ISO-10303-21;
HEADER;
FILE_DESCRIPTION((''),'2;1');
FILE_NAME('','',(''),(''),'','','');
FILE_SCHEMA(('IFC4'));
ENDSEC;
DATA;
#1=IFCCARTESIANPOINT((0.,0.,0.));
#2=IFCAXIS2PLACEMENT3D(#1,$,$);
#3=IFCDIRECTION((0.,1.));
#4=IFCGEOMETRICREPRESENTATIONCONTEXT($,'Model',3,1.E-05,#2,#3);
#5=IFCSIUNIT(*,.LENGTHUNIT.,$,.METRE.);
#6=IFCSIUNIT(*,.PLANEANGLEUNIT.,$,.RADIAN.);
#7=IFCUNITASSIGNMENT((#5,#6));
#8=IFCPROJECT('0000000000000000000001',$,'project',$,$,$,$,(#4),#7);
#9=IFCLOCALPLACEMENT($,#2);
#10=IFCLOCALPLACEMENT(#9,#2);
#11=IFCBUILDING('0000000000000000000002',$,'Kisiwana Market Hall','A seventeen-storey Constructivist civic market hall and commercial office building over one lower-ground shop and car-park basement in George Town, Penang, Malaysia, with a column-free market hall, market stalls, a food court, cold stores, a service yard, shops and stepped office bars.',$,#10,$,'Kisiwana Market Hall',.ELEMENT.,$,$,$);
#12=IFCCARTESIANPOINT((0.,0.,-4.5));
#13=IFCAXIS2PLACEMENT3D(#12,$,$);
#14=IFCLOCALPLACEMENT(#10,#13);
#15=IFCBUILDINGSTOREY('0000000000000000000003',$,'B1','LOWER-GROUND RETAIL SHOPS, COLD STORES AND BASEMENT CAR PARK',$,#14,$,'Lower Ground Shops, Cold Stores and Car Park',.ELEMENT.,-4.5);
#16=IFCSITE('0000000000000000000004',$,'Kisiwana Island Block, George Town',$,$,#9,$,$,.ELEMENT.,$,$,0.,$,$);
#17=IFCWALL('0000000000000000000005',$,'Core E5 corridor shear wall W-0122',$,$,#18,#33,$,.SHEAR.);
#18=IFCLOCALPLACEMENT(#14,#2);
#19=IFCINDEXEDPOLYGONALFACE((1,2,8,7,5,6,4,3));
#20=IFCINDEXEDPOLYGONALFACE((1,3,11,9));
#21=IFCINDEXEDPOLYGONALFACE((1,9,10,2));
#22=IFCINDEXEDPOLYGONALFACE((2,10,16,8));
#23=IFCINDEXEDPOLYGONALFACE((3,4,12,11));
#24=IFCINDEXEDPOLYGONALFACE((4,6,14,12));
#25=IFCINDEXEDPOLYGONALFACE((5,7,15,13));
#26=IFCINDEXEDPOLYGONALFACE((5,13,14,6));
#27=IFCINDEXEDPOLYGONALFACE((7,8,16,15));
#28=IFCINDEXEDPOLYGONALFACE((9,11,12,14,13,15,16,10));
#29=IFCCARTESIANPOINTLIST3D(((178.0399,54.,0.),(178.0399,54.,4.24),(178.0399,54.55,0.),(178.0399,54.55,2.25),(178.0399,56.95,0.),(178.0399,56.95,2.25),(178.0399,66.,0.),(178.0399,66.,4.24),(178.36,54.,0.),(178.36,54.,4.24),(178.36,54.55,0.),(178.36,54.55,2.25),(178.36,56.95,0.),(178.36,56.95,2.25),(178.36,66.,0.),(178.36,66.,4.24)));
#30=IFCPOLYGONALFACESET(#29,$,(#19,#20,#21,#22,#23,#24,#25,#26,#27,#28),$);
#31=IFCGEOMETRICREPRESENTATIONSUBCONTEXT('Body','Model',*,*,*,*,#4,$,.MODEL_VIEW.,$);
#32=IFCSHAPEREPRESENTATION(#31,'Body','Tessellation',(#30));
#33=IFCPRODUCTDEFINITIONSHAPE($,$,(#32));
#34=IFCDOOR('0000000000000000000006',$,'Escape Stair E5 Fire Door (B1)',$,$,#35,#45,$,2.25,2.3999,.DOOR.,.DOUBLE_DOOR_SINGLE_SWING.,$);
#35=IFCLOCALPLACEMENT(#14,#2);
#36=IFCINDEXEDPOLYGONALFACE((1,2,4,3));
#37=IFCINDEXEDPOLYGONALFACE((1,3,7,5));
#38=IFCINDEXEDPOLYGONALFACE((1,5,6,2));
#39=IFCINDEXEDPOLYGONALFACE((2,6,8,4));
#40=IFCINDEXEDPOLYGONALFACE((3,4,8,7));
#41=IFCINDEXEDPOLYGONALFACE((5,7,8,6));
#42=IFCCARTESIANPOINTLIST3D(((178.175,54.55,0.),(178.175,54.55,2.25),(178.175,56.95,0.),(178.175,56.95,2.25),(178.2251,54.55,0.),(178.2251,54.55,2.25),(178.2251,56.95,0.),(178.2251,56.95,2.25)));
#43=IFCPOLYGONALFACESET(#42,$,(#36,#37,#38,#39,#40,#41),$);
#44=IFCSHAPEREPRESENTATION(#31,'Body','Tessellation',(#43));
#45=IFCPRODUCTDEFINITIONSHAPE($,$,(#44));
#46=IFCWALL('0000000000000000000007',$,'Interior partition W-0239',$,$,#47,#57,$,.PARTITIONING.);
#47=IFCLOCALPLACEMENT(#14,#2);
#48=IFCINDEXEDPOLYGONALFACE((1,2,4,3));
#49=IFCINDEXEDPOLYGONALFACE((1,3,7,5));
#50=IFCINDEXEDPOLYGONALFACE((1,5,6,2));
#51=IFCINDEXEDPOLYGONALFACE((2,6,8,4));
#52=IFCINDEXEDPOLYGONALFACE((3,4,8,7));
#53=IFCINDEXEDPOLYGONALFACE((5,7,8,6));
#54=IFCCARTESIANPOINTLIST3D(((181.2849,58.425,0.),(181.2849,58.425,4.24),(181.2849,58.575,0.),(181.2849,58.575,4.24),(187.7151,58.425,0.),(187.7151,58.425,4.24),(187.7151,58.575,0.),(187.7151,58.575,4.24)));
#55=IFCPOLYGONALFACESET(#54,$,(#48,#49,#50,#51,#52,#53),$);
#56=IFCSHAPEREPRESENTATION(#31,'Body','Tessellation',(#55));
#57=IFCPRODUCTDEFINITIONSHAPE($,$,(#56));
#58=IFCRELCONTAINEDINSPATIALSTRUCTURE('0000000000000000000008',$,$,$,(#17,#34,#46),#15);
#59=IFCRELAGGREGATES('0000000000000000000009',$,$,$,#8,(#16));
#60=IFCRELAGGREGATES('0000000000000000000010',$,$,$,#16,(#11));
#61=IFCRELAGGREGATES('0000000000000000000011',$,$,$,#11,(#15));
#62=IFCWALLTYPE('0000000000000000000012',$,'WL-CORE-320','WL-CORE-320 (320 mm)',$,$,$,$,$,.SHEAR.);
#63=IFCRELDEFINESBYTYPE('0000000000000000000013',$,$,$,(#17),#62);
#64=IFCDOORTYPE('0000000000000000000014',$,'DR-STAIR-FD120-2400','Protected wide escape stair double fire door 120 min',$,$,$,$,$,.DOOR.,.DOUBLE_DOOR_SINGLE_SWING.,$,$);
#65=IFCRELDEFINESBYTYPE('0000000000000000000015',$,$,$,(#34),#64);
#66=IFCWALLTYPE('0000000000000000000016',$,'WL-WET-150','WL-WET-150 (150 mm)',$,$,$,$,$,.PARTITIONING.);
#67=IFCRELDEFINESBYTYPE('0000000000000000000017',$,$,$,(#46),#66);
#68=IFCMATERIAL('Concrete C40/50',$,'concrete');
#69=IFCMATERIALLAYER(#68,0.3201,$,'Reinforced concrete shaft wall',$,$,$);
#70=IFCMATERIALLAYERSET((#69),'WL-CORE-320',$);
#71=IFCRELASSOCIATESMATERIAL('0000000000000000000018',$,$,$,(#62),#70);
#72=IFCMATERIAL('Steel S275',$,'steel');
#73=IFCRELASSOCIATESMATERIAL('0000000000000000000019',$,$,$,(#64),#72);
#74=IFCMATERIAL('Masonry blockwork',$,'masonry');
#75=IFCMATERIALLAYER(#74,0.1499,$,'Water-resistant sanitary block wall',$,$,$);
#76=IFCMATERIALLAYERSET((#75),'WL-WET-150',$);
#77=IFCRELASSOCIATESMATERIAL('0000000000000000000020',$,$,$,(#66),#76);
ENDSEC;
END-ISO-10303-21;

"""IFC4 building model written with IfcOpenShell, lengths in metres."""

from ifc_helpers import new_model, si_unit, direction, frame, frame_2d, origin, place, context, subcontext, project, spatial, rectangle, extrude, material, layer, layer_set, type_object, element, fill, save


model = new_model("IFC4")

# Units and contexts
model_context = context("Model", 3, precision=1e-05, world=origin(), true_north=direction((0.0, 1.0)))
body_context = subcontext(model_context, "Body", "Model", "MODEL_VIEW")
ifc_project = project(units=[si_unit("LENGTHUNIT", "METRE"), si_unit("PLANEANGLEUNIT", "RADIAN")], contexts=[model_context])

# Site, building, storey
site_placement = place(None, origin())
site = spatial("IfcSite", under=ifc_project, at=site_placement, Name="Kisiwana Island Block, George Town", CompositionType="ELEMENT", RefElevation=0.0)
building_placement = place(site_placement, origin())
building = spatial("IfcBuilding", under=site, at=building_placement, Name="Kisiwana Market Hall", Description="A seventeen-storey Constructivist civic market hall and commercial office building over one lower-ground shop and car-park basement in George Town, Penang, Malaysia, with a column-free market hall, market stalls, a food court, cold stores, a service yard, shops and stepped office bars.", LongName="Kisiwana Market Hall", CompositionType="ELEMENT")
storey_placement = place(building_placement, frame((0.0, 0.0, -4.5)))
storey = spatial("IfcBuildingStorey", under=building, at=storey_placement, Name="B1", Description="LOWER-GROUND RETAIL SHOPS, COLD STORES AND BASEMENT CAR PARK", LongName="Lower Ground Shops, Cold Stores and Car Park", CompositionType="ELEMENT", Elevation=-4.5)

# Shared definitions
ifc_material_1 = material(Name="Concrete C40/50", Category="concrete")
ifc_layer_1 = layer(ifc_material_1, 0.3201, Name="Reinforced concrete shaft wall")
ifc_layer_set_1 = layer_set([ifc_layer_1], Name="WL-CORE-320")
wall_type_1 = type_object("IfcWallType", Name="WL-CORE-320", Description="WL-CORE-320 (320 mm)", PredefinedType="SHEAR", material=ifc_layer_set_1)

# Wall, opening, door
wall_1_placement = place(storey_placement, frame((178.2, 54.0, 0.0), z_axis=(0.0, 0.0, 1.0), x_axis=(0.0, 1.0, 0.0)))
wall_1 = element("IfcWall", 1, at=wall_1_placement, inside=storey, type_object=wall_type_1, Name="Core E5 corridor shear wall W-0122", PredefinedType="SHEAR", context=body_context, shape_type="SweptSolid", body=[
    extrude(rectangle(XDim=12.0, YDim=0.3201, at=frame_2d((6.0, 0.0))), origin(), (0.0, 0.0, 1.0), 4.24),
])
opening_1_placement = place(wall_1_placement, frame((0.55, 0.0, 0.0)))
opening_1 = element("IfcOpeningElement", 2, at=opening_1_placement, cuts=wall_1, PredefinedType="OPENING", context=body_context, shape_type="SweptSolid", body=[
    extrude(rectangle(XDim=2.3999, YDim=2.25, at=frame_2d((1.2, 1.125))), frame((0.0, 0.1719, 0.0), z_axis=(0.0, -1.0, 0.0), x_axis=(1.0, 0.0, 0.0)), (0.0, 0.0, 1.0), 0.344),
])
ifc_material_2 = material(Name="Steel S275", Category="steel")
door_type_1 = type_object("IfcDoorType", Name="DR-STAIR-FD120-2400", Description="Protected wide escape stair double fire door 120 min", OperationType="DOUBLE_DOOR_SINGLE_SWING", PredefinedType="DOOR", material=ifc_material_2)
door_1_placement = place(opening_1_placement, origin())
door_1 = element("IfcDoor", 3, at=door_1_placement, inside=storey, type_object=door_type_1, Name="Escape Stair E5 Fire Door (B1)", OperationType="DOUBLE_DOOR_SINGLE_SWING", OverallHeight=2.25, OverallWidth=2.3999, PredefinedType="DOOR", context=body_context, shape_type="SweptSolid", body=[
    extrude(rectangle(XDim=2.3999, YDim=2.25, at=frame_2d((1.2, 1.125))), frame((0.0, 0.0249, 0.0), z_axis=(0.0, -1.0, 0.0), x_axis=(1.0, 0.0, 0.0)), (0.0, 0.0, 1.0), 0.05),
])
fill(opening_1, door_1)

# Wall
ifc_material_3 = material(Name="Masonry blockwork", Category="masonry")
ifc_layer_2 = layer(ifc_material_3, 0.1499, Name="Water-resistant sanitary block wall")
ifc_layer_set_2 = layer_set([ifc_layer_2], Name="WL-WET-150")
wall_type_2 = type_object("IfcWallType", Name="WL-WET-150", Description="WL-WET-150 (150 mm)", PredefinedType="PARTITIONING", material=ifc_layer_set_2)
wall_2_placement = place(storey_placement, frame((181.2849, 58.5, 0.0), z_axis=(0.0, 0.0, 1.0), x_axis=(1.0, 0.0, 0.0)))
element("IfcWall", 4, at=wall_2_placement, inside=storey, type_object=wall_type_2, Name="Interior partition W-0239", PredefinedType="PARTITIONING", context=body_context, shape_type="SweptSolid", body=[
    extrude(rectangle(XDim=6.4302, YDim=0.1499, at=frame_2d((3.2151, 0.0))), origin(), (0.0, 0.0, 1.0), 4.24),
])

save(model, "model.ifc")
